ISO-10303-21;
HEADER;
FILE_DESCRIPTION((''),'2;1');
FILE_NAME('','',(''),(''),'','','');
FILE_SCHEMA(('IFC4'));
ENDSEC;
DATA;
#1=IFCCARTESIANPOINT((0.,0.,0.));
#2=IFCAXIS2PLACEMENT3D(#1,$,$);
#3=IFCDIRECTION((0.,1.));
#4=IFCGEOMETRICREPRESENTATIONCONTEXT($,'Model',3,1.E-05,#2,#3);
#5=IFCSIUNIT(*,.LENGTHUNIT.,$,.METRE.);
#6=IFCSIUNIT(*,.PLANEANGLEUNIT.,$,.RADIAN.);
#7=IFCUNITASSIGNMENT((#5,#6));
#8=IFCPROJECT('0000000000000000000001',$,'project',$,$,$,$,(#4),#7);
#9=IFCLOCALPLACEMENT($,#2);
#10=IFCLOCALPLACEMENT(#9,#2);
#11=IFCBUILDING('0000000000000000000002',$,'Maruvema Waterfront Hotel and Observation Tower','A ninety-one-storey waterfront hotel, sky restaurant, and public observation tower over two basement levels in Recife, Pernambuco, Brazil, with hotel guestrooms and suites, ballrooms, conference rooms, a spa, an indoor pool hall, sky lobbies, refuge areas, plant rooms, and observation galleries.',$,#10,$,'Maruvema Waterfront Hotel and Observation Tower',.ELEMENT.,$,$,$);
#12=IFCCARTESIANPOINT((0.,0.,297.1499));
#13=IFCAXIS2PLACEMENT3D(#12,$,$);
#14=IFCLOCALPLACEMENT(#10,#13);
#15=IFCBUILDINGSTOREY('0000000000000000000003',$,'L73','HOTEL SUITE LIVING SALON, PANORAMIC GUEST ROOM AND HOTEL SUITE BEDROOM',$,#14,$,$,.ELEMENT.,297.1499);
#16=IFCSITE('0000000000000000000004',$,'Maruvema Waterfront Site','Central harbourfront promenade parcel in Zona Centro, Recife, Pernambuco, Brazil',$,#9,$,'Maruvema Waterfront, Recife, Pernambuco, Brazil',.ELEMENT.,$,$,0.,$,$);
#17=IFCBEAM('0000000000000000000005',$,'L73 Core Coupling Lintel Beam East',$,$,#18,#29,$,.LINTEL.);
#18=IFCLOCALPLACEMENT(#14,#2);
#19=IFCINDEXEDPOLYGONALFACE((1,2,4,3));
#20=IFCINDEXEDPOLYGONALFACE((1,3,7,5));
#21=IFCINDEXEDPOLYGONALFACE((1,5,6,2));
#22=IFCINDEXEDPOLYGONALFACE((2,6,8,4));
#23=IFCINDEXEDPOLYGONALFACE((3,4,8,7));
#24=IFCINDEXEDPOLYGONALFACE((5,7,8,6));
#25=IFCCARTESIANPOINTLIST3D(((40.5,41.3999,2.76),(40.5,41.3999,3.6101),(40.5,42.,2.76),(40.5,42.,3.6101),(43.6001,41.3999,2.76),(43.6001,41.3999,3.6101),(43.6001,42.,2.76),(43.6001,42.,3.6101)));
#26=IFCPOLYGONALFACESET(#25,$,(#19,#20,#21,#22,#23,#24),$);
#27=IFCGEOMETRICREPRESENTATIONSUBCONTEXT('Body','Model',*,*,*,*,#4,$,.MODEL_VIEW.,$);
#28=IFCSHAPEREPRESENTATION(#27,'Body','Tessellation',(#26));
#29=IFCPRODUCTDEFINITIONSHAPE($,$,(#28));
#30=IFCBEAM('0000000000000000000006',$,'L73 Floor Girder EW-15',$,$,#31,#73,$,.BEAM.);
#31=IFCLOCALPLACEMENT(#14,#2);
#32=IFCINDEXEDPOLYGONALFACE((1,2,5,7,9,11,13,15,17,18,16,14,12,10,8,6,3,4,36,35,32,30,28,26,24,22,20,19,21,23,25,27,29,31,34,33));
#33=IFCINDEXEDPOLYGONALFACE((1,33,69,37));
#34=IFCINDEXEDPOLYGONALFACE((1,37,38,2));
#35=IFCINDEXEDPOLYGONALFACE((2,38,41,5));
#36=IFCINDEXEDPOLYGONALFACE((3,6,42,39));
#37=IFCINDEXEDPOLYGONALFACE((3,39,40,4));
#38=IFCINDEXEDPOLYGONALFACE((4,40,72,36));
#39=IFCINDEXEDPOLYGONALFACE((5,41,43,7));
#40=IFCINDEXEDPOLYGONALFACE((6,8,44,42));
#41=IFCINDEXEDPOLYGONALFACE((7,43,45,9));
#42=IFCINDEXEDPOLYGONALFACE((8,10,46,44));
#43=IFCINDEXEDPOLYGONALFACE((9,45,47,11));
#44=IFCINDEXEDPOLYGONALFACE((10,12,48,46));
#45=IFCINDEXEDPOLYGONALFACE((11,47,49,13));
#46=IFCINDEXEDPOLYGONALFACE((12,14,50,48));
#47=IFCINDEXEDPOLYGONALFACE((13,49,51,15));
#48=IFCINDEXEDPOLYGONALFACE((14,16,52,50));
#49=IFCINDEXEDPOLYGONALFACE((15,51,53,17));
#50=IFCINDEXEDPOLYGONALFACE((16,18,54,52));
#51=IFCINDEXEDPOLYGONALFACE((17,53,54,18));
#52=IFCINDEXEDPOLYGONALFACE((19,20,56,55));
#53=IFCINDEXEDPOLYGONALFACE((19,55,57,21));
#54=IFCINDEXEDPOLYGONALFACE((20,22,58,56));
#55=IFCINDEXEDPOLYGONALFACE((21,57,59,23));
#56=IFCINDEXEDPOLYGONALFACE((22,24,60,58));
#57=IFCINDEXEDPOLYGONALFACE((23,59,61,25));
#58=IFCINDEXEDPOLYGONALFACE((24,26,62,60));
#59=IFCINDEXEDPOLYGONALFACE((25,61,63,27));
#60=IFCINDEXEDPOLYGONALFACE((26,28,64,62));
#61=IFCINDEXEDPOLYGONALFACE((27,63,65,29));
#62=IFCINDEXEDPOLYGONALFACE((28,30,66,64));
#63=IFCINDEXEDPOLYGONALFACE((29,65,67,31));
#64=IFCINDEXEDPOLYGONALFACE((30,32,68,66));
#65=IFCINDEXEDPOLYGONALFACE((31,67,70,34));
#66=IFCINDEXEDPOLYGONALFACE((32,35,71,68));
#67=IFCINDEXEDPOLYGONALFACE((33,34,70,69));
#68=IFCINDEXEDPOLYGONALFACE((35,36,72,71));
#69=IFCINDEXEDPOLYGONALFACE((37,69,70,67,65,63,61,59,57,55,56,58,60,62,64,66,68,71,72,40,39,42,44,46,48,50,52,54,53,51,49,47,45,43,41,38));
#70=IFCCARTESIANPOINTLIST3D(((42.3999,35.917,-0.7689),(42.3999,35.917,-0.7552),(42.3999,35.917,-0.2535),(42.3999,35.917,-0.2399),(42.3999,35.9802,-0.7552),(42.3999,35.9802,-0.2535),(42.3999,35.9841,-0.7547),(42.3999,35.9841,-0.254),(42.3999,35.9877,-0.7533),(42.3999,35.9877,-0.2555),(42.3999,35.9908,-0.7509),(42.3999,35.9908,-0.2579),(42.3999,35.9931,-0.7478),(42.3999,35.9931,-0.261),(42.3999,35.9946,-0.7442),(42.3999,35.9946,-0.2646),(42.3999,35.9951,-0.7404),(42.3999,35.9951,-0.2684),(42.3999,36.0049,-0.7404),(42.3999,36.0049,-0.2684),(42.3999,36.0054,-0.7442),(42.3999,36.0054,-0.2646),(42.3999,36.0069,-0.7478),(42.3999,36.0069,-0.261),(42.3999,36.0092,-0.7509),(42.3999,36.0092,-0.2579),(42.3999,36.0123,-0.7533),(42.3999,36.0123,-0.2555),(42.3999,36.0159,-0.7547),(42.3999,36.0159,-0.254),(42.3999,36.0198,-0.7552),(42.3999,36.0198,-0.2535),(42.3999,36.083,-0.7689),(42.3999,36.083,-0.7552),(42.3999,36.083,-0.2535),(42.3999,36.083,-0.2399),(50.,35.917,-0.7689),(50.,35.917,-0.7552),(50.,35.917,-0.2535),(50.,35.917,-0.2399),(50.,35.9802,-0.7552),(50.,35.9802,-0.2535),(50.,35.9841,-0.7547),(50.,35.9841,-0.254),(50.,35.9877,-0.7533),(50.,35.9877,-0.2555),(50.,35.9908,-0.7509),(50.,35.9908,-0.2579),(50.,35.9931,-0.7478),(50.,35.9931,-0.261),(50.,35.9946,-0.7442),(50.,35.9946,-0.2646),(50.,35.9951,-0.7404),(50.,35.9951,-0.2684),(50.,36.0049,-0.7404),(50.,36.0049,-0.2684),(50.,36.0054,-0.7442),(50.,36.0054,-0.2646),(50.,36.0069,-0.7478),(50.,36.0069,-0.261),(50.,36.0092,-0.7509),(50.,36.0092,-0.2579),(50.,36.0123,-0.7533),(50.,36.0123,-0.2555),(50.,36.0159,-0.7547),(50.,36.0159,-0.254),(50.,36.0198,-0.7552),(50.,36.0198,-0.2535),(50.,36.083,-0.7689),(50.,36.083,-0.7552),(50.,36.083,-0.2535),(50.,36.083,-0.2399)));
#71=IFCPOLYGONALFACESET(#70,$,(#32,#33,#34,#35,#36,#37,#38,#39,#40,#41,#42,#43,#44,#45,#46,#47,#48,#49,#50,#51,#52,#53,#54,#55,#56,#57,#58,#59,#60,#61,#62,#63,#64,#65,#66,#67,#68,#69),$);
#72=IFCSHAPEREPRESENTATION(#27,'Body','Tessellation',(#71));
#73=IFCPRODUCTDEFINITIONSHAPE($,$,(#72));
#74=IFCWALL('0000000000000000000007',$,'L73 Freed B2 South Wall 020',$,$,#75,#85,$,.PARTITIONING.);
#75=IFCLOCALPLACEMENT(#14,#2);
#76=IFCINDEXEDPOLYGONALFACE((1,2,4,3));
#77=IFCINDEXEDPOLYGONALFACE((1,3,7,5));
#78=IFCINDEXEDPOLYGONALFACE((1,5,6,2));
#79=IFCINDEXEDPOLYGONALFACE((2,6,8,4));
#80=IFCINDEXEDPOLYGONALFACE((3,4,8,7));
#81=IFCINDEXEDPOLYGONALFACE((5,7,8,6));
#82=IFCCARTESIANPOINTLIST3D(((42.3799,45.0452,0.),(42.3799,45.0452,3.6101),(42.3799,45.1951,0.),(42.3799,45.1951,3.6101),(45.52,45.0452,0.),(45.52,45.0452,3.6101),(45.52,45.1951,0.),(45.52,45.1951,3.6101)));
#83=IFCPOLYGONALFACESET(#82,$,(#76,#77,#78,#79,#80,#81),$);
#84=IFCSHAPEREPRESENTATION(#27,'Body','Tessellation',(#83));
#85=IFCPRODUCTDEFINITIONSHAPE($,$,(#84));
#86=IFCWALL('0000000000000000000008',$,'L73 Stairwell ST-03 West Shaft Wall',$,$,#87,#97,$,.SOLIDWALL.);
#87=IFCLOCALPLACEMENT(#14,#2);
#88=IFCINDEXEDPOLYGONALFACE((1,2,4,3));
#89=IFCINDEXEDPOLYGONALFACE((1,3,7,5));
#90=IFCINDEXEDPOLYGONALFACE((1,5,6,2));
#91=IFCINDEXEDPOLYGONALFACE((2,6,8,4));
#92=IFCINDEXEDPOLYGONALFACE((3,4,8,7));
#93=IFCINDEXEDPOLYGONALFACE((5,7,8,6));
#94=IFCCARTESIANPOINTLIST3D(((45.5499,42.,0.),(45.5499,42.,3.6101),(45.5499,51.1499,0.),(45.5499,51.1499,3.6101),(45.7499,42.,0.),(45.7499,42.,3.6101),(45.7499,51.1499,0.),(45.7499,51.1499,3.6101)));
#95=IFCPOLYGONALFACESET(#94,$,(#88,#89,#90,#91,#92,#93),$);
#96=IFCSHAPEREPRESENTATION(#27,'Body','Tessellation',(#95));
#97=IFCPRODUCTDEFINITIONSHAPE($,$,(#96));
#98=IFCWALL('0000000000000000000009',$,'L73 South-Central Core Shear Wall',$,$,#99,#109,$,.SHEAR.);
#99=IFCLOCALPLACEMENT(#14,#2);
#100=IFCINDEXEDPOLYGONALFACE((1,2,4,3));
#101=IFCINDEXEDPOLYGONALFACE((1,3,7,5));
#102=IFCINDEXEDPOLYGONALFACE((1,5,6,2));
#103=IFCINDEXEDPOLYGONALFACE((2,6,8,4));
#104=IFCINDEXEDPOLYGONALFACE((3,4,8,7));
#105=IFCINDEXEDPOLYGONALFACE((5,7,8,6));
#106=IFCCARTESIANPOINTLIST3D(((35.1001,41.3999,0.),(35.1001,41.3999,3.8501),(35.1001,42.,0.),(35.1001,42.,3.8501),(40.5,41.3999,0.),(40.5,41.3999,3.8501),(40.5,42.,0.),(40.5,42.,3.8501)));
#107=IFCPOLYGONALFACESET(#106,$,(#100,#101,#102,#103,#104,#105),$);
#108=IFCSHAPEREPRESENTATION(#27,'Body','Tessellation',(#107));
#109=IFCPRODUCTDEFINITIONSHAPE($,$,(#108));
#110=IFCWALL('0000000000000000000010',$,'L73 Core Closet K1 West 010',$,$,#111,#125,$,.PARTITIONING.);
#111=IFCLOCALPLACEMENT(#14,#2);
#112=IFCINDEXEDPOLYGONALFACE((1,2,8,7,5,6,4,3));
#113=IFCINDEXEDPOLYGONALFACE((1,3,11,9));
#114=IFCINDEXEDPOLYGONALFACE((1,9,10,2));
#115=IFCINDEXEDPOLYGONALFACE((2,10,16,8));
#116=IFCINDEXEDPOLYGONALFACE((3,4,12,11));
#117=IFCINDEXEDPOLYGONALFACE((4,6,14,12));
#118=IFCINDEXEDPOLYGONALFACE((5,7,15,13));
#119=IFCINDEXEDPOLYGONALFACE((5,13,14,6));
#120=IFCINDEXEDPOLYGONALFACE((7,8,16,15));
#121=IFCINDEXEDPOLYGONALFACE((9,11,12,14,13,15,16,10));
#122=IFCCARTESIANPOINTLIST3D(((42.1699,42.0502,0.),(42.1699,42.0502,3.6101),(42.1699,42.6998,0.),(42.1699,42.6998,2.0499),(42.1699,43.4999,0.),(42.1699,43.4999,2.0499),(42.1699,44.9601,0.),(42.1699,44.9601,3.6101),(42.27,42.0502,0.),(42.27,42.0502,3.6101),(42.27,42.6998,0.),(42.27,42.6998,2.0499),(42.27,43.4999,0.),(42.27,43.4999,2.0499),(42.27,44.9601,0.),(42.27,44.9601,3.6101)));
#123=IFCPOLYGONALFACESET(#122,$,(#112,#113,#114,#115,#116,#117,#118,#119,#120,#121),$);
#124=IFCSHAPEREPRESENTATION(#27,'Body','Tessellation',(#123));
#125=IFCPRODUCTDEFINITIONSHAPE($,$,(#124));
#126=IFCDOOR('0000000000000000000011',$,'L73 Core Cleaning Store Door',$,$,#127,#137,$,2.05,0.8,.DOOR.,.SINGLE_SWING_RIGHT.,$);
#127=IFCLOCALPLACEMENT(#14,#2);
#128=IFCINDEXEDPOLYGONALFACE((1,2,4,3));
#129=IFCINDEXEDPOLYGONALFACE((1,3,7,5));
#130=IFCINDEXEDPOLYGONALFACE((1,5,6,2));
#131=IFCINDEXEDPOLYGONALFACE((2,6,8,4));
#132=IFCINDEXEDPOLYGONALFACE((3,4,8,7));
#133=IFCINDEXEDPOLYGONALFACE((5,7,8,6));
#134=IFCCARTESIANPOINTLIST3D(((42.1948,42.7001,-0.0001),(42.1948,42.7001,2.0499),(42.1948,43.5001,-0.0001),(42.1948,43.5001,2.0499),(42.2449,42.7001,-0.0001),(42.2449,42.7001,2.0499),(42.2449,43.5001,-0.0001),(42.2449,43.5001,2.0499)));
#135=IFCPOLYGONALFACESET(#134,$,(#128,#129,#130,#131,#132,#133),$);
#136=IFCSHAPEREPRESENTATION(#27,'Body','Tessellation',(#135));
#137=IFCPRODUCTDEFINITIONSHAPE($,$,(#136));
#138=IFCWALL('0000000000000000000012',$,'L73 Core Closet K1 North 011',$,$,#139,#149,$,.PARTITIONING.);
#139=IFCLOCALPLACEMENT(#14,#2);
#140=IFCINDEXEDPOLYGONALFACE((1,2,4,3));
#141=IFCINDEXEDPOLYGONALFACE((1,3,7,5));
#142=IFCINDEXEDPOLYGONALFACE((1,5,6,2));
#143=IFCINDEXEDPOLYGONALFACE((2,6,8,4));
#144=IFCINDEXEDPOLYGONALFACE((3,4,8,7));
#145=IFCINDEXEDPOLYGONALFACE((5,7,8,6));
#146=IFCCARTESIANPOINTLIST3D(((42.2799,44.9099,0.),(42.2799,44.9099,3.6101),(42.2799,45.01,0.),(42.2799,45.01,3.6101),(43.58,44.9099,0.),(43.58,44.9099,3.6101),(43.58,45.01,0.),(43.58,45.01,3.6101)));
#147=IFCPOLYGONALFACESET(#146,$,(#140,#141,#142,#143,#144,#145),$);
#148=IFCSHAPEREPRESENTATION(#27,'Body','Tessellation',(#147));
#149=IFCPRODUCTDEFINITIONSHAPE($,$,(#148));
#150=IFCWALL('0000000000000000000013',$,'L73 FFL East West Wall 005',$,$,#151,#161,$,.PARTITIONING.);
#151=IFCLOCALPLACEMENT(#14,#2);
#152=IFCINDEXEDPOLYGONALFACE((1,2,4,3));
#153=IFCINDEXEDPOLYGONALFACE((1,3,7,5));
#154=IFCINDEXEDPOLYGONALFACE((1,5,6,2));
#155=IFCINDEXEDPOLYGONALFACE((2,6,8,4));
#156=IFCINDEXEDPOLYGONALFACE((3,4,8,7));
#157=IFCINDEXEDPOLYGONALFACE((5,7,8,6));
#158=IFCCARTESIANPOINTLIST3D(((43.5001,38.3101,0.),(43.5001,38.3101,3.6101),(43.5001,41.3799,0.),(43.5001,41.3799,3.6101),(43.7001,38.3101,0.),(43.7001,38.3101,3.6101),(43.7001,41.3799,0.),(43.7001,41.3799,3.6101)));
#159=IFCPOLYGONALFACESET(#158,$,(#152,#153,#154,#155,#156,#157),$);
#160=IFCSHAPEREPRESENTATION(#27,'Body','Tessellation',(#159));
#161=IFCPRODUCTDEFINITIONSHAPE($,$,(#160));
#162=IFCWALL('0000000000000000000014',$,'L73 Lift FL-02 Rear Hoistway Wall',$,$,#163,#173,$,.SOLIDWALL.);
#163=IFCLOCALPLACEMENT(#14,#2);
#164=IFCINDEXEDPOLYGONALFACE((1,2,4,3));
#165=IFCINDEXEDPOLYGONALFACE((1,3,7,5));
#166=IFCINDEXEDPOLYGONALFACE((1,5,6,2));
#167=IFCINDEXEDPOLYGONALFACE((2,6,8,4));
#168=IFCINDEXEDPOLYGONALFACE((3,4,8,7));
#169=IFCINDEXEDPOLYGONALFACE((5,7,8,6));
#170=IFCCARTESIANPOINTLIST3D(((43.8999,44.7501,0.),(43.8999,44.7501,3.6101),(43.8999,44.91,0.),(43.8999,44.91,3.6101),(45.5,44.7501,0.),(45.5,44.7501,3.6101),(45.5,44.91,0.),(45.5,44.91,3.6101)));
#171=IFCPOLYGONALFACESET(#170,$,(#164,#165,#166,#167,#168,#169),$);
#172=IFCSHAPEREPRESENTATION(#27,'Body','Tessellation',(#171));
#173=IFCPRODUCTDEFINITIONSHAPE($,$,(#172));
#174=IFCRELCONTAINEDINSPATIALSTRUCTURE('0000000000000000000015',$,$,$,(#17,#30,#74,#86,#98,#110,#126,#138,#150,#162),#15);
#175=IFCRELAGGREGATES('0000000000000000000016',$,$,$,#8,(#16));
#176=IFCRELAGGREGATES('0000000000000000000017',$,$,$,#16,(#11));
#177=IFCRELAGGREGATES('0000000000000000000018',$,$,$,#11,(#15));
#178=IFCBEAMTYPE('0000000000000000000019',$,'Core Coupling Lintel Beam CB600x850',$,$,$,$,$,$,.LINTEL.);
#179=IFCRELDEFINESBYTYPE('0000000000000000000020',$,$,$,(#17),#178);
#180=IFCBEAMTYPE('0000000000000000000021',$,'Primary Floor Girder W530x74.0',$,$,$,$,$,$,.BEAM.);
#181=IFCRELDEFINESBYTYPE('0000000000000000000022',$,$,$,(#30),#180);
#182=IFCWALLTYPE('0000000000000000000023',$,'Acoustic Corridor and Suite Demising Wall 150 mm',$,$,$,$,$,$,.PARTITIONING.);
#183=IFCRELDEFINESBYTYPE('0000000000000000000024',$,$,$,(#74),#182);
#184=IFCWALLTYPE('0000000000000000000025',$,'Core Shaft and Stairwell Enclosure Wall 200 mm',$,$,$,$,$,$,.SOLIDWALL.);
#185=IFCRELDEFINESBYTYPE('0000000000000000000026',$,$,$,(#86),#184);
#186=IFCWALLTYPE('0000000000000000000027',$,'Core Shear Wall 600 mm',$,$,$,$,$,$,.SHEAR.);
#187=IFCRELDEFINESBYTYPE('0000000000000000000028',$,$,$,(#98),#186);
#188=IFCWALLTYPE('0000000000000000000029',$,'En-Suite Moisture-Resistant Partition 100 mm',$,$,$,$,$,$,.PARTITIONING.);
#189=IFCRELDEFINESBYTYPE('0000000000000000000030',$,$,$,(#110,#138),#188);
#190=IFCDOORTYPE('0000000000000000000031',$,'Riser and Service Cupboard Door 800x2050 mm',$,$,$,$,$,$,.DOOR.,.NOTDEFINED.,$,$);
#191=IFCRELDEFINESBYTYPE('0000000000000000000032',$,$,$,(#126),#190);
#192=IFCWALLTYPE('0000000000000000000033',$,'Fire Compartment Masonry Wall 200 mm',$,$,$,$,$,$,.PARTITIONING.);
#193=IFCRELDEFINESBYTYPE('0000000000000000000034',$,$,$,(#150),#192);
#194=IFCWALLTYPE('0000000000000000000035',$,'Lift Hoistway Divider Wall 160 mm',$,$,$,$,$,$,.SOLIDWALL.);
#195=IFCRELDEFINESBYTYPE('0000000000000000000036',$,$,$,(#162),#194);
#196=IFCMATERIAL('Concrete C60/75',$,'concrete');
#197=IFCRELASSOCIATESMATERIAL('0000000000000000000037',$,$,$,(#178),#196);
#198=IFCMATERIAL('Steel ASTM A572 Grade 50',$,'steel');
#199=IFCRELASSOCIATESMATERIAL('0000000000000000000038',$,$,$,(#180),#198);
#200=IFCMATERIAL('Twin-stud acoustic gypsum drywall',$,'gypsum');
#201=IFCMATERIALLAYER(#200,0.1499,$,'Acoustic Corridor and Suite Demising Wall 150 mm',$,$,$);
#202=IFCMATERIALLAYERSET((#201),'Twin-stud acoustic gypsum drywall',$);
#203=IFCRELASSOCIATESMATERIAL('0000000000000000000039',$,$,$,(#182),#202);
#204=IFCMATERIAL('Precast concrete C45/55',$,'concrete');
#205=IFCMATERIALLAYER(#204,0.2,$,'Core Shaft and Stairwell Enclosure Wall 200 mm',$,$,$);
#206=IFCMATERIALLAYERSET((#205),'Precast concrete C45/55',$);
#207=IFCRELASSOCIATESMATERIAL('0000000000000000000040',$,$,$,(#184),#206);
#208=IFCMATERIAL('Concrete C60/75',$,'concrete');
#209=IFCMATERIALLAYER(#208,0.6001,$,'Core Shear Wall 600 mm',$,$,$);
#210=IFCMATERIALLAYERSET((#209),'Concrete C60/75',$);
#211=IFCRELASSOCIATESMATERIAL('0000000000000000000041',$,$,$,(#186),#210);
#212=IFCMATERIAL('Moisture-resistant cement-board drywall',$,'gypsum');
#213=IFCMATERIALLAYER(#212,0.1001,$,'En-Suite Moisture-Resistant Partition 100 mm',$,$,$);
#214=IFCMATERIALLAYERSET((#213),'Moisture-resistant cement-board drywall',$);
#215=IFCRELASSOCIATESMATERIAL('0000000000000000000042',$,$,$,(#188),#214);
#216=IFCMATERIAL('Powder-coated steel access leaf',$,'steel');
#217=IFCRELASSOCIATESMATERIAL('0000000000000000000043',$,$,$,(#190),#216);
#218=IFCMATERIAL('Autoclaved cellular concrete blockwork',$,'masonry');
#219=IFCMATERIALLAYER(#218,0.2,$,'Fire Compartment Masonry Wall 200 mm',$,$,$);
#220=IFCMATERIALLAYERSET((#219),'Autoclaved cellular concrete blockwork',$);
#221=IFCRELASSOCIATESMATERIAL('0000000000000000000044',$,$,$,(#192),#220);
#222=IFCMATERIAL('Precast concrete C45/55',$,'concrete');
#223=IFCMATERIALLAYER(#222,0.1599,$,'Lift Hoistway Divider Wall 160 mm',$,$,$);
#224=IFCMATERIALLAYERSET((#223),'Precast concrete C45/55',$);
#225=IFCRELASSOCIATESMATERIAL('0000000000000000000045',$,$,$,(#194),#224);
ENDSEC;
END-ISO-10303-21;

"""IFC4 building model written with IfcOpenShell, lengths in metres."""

from ifc_helpers import new_model, si_unit, direction, frame, frame_2d, origin, origin_2d, place, context, subcontext, project, spatial, rectangle, i_section, extrude, material, layer, layer_set, material_profile, profile_set, type_object, element, fill, save


model = new_model("IFC4")

# Units and contexts
model_context = context("Model", 3, precision=1e-05, world=origin(), true_north=direction((0.0, 1.0)))
body_context = subcontext(model_context, "Body", "Model", "MODEL_VIEW")
ifc_project = project(units=[si_unit("LENGTHUNIT", "METRE"), si_unit("PLANEANGLEUNIT", "RADIAN")], contexts=[model_context])

# Site, building, storey
site_placement = place(None, origin())
site = spatial("IfcSite", under=ifc_project, at=site_placement, Name="Maruvema Waterfront Site", Description="Central harbourfront promenade parcel in Zona Centro, Recife, Pernambuco, Brazil", LongName="Maruvema Waterfront, Recife, Pernambuco, Brazil", CompositionType="ELEMENT", RefElevation=0.0)
building_placement = place(site_placement, origin())
building = spatial("IfcBuilding", under=site, at=building_placement, Name="Maruvema Waterfront Hotel and Observation Tower", Description="A ninety-one-storey waterfront hotel, sky restaurant, and public observation tower over two basement levels in Recife, Pernambuco, Brazil, with hotel guestrooms and suites, ballrooms, conference rooms, a spa, an indoor pool hall, sky lobbies, refuge areas, plant rooms, and observation galleries.", LongName="Maruvema Waterfront Hotel and Observation Tower", CompositionType="ELEMENT")
storey_placement = place(building_placement, frame((0.0, 0.0, 297.1499)))
storey = spatial("IfcBuildingStorey", under=building, at=storey_placement, Name="L73", Description="HOTEL SUITE LIVING SALON, PANORAMIC GUEST ROOM AND HOTEL SUITE BEDROOM", CompositionType="ELEMENT", Elevation=297.1499)

# Beams
ifc_material_1 = material(Name="Concrete C60/75", Category="concrete")
ifc_material_profile_1 = material_profile(ifc_material_1, rectangle(XDim=0.6001, YDim=0.8501, at=origin_2d()), Name="CB600x850")
ifc_profile_set_1 = profile_set([ifc_material_profile_1], Name="Concrete C60/75")
beam_type_1 = type_object("IfcBeamType", Name="Core Coupling Lintel Beam CB600x850", PredefinedType="LINTEL", material=ifc_profile_set_1)
beam_1_placement = place(storey_placement, frame((40.5, 41.7, 3.1851), z_axis=(1.0, 0.0, 0.0), x_axis=(0.0, 1.0, 0.0)))
element("IfcBeam", 1, at=beam_1_placement, inside=storey, type_object=beam_type_1, Name="L73 Core Coupling Lintel Beam East", PredefinedType="LINTEL", context=body_context, shape_type="SweptSolid", body=[
    extrude(rectangle(XDim=0.6001, YDim=0.8501, at=origin_2d()), origin(), (0.0, 0.0, 1.0), 3.1001),
])
ifc_material_2 = material(Name="Steel ASTM A572 Grade 50", Category="steel")
ifc_material_profile_2 = material_profile(ifc_material_2, i_section(OverallWidth=0.166, OverallDepth=0.5291, WebThickness=0.0098, FlangeThickness=0.0137, FilletRadius=0.0149, at=origin_2d()), Name="W530x74.0")
ifc_profile_set_2 = profile_set([ifc_material_profile_2], Name="Steel ASTM A572 Grade 50")
beam_type_2 = type_object("IfcBeamType", Name="Primary Floor Girder W530x74.0", PredefinedType="BEAM", material=ifc_profile_set_2)
beam_2_placement = place(storey_placement, frame((42.3999, 36.0, -0.5044), z_axis=(1.0, 0.0, 0.0), x_axis=(0.0, 1.0, 0.0)))
element("IfcBeam", 2, at=beam_2_placement, inside=storey, type_object=beam_type_2, Name="L73 Floor Girder EW-15", PredefinedType="BEAM", context=body_context, shape_type="SweptSolid", body=[
    extrude(i_section(OverallWidth=0.166, OverallDepth=0.5291, WebThickness=0.0098, FlangeThickness=0.0137, FilletRadius=0.0149, at=origin_2d()), origin(), (0.0, 0.0, 1.0), 7.6001),
])

# Walls
ifc_material_3 = material(Name="Twin-stud acoustic gypsum drywall", Category="gypsum")
ifc_layer_1 = layer(ifc_material_3, 0.1499, Name="Acoustic Corridor and Suite Demising Wall 150 mm")
ifc_layer_set_1 = layer_set([ifc_layer_1], Name="Twin-stud acoustic gypsum drywall")
wall_type_1 = type_object("IfcWallType", Name="Acoustic Corridor and Suite Demising Wall 150 mm", PredefinedType="PARTITIONING", material=ifc_layer_set_1)
wall_1_placement = place(storey_placement, frame((42.3799, 45.1201, 0.0), z_axis=(0.0, 0.0, 1.0), x_axis=(1.0, 0.0, 0.0)))
element("IfcWall", 3, at=wall_1_placement, inside=storey, type_object=wall_type_1, Name="L73 Freed B2 South Wall 020", PredefinedType="PARTITIONING", context=body_context, shape_type="SweptSolid", body=[
    extrude(rectangle(XDim=3.1401, YDim=0.1499, at=frame_2d((1.5701, 0.0))), origin(), (0.0, 0.0, 1.0), 3.6101),
])
ifc_material_4 = material(Name="Precast concrete C45/55", Category="concrete")
ifc_layer_2 = layer(ifc_material_4, 0.2, Name="Core Shaft and Stairwell Enclosure Wall 200 mm")
ifc_layer_set_2 = layer_set([ifc_layer_2], Name="Precast concrete C45/55")
wall_type_2 = type_object("IfcWallType", Name="Core Shaft and Stairwell Enclosure Wall 200 mm", PredefinedType="SOLIDWALL", material=ifc_layer_set_2)
wall_2_placement = place(storey_placement, frame((45.6499, 42.0, 0.0), z_axis=(0.0, 0.0, 1.0), x_axis=(0.0, 1.0, 0.0)))
element("IfcWall", 4, at=wall_2_placement, inside=storey, type_object=wall_type_2, Name="L73 Stairwell ST-03 West Shaft Wall", PredefinedType="SOLIDWALL", context=body_context, shape_type="SweptSolid", body=[
    extrude(rectangle(XDim=9.1499, YDim=0.2, at=frame_2d((4.575, 0.0))), origin(), (0.0, 0.0, 1.0), 3.6101),
])

# Wall
ifc_material_5 = material(Name="Concrete C60/75", Category="concrete")
ifc_layer_3 = layer(ifc_material_5, 0.6001, Name="Core Shear Wall 600 mm")
ifc_layer_set_3 = layer_set([ifc_layer_3], Name="Concrete C60/75")
wall_type_3 = type_object("IfcWallType", Name="Core Shear Wall 600 mm", PredefinedType="SHEAR", material=ifc_layer_set_3)
wall_3_placement = place(storey_placement, frame((35.1001, 41.7, 0.0), z_axis=(0.0, 0.0, 1.0), x_axis=(1.0, 0.0, 0.0)))
element("IfcWall", 5, at=wall_3_placement, inside=storey, type_object=wall_type_3, Name="L73 South-Central Core Shear Wall", PredefinedType="SHEAR", context=body_context, shape_type="SweptSolid", body=[
    extrude(rectangle(XDim=5.3999, YDim=0.6001, at=frame_2d((2.7, 0.0))), origin(), (0.0, 0.0, 1.0), 3.8501),
])

# Wall, opening, door
ifc_material_6 = material(Name="Moisture-resistant cement-board drywall", Category="gypsum")
ifc_layer_4 = layer(ifc_material_6, 0.1001, Name="En-Suite Moisture-Resistant Partition 100 mm")
ifc_layer_set_4 = layer_set([ifc_layer_4], Name="Moisture-resistant cement-board drywall")
wall_type_4 = type_object("IfcWallType", Name="En-Suite Moisture-Resistant Partition 100 mm", PredefinedType="PARTITIONING", material=ifc_layer_set_4)
wall_4_placement = place(storey_placement, frame((42.22, 42.05, 0.0), z_axis=(0.0, 0.0, 1.0), x_axis=(0.0, 1.0, 0.0)))
wall_4 = element("IfcWall", 6, at=wall_4_placement, inside=storey, type_object=wall_type_4, Name="L73 Core Closet K1 West 010", PredefinedType="PARTITIONING", context=body_context, shape_type="SweptSolid", body=[
    extrude(rectangle(XDim=2.9099, YDim=0.1001, at=frame_2d((1.4551, 0.0))), origin(), (0.0, 0.0, 1.0), 3.6101),
])
opening_1_placement = place(wall_4_placement, frame((0.6499, 0.0, 0.0)))
opening_1 = element("IfcOpeningElement", 7, at=opening_1_placement, cuts=wall_4, PredefinedType="OPENING", context=body_context, shape_type="SweptSolid", body=[
    extrude(rectangle(XDim=0.8, YDim=2.05, at=frame_2d((0.3999, 1.0249))), frame((0.0, 0.0601, 0.0), z_axis=(0.0, -1.0, 0.0), x_axis=(1.0, 0.0, 0.0)), (0.0, 0.0, 1.0), 0.1201),
])
ifc_material_7 = material(Name="Powder-coated steel access leaf", Category="steel")
door_type_1 = type_object("IfcDoorType", Name="Riser and Service Cupboard Door 800x2050 mm", OperationType="NOTDEFINED", PredefinedType="DOOR", material=ifc_material_7)
door_1_placement = place(opening_1_placement, frame((0.8, 0.0, 0.0), z_axis=(0.0, 0.0, 1.0), x_axis=(-1.0, 0.0, 0.0)))
door_1 = element("IfcDoor", 8, at=door_1_placement, inside=storey, type_object=door_type_1, Name="L73 Core Cleaning Store Door", OperationType="SINGLE_SWING_RIGHT", OverallHeight=2.05, OverallWidth=0.8, PredefinedType="DOOR", context=body_context, shape_type="SweptSolid", body=[
    extrude(rectangle(XDim=0.8, YDim=2.05, at=frame_2d((0.3999, 1.0249))), frame((0.0, 0.0249, 0.0), z_axis=(0.0, -1.0, 0.0), x_axis=(1.0, 0.0, 0.0)), (0.0, 0.0, 1.0), 0.05),
])
fill(opening_1, door_1)

# Wall
wall_5_placement = place(storey_placement, frame((42.28, 44.96, 0.0), z_axis=(0.0, 0.0, 1.0), x_axis=(1.0, 0.0, 0.0)))
element("IfcWall", 9, at=wall_5_placement, inside=storey, type_object=wall_type_4, Name="L73 Core Closet K1 North 011", PredefinedType="PARTITIONING", context=body_context, shape_type="SweptSolid", body=[
    extrude(rectangle(XDim=1.3, YDim=0.1001, at=frame_2d((0.6499, 0.0))), origin(), (0.0, 0.0, 1.0), 3.6101),
])

# Shared definitions
ifc_material_8 = material(Name="Autoclaved cellular concrete blockwork", Category="masonry")
ifc_layer_5 = layer(ifc_material_8, 0.2, Name="Fire Compartment Masonry Wall 200 mm")
ifc_layer_set_5 = layer_set([ifc_layer_5], Name="Autoclaved cellular concrete blockwork")
wall_type_5 = type_object("IfcWallType", Name="Fire Compartment Masonry Wall 200 mm", PredefinedType="PARTITIONING", material=ifc_layer_set_5)

# Walls
wall_6_placement = place(storey_placement, frame((43.6001, 38.3101, 0.0), z_axis=(0.0, 0.0, 1.0), x_axis=(0.0, 1.0, 0.0)))
element("IfcWall", 10, at=wall_6_placement, inside=storey, type_object=wall_type_5, Name="L73 FFL East West Wall 005", PredefinedType="PARTITIONING", context=body_context, shape_type="SweptSolid", body=[
    extrude(rectangle(XDim=3.0698, YDim=0.2, at=frame_2d((1.5349, 0.0))), origin(), (0.0, 0.0, 1.0), 3.6101),
])
ifc_material_9 = material(Name="Precast concrete C45/55", Category="concrete")
ifc_layer_6 = layer(ifc_material_9, 0.1599, Name="Lift Hoistway Divider Wall 160 mm")
ifc_layer_set_6 = layer_set([ifc_layer_6], Name="Precast concrete C45/55")
wall_type_6 = type_object("IfcWallType", Name="Lift Hoistway Divider Wall 160 mm", PredefinedType="SOLIDWALL", material=ifc_layer_set_6)
wall_7_placement = place(storey_placement, frame((43.8999, 44.8301, 0.0), z_axis=(0.0, 0.0, 1.0), x_axis=(1.0, 0.0, 0.0)))
element("IfcWall", 11, at=wall_7_placement, inside=storey, type_object=wall_type_6, Name="L73 Lift FL-02 Rear Hoistway Wall", PredefinedType="SOLIDWALL", context=body_context, shape_type="SweptSolid", body=[
    extrude(rectangle(XDim=1.6001, YDim=0.1599, at=frame_2d((0.8, 0.0))), origin(), (0.0, 0.0, 1.0), 3.6101),
])

save(model, "model.ifc")
